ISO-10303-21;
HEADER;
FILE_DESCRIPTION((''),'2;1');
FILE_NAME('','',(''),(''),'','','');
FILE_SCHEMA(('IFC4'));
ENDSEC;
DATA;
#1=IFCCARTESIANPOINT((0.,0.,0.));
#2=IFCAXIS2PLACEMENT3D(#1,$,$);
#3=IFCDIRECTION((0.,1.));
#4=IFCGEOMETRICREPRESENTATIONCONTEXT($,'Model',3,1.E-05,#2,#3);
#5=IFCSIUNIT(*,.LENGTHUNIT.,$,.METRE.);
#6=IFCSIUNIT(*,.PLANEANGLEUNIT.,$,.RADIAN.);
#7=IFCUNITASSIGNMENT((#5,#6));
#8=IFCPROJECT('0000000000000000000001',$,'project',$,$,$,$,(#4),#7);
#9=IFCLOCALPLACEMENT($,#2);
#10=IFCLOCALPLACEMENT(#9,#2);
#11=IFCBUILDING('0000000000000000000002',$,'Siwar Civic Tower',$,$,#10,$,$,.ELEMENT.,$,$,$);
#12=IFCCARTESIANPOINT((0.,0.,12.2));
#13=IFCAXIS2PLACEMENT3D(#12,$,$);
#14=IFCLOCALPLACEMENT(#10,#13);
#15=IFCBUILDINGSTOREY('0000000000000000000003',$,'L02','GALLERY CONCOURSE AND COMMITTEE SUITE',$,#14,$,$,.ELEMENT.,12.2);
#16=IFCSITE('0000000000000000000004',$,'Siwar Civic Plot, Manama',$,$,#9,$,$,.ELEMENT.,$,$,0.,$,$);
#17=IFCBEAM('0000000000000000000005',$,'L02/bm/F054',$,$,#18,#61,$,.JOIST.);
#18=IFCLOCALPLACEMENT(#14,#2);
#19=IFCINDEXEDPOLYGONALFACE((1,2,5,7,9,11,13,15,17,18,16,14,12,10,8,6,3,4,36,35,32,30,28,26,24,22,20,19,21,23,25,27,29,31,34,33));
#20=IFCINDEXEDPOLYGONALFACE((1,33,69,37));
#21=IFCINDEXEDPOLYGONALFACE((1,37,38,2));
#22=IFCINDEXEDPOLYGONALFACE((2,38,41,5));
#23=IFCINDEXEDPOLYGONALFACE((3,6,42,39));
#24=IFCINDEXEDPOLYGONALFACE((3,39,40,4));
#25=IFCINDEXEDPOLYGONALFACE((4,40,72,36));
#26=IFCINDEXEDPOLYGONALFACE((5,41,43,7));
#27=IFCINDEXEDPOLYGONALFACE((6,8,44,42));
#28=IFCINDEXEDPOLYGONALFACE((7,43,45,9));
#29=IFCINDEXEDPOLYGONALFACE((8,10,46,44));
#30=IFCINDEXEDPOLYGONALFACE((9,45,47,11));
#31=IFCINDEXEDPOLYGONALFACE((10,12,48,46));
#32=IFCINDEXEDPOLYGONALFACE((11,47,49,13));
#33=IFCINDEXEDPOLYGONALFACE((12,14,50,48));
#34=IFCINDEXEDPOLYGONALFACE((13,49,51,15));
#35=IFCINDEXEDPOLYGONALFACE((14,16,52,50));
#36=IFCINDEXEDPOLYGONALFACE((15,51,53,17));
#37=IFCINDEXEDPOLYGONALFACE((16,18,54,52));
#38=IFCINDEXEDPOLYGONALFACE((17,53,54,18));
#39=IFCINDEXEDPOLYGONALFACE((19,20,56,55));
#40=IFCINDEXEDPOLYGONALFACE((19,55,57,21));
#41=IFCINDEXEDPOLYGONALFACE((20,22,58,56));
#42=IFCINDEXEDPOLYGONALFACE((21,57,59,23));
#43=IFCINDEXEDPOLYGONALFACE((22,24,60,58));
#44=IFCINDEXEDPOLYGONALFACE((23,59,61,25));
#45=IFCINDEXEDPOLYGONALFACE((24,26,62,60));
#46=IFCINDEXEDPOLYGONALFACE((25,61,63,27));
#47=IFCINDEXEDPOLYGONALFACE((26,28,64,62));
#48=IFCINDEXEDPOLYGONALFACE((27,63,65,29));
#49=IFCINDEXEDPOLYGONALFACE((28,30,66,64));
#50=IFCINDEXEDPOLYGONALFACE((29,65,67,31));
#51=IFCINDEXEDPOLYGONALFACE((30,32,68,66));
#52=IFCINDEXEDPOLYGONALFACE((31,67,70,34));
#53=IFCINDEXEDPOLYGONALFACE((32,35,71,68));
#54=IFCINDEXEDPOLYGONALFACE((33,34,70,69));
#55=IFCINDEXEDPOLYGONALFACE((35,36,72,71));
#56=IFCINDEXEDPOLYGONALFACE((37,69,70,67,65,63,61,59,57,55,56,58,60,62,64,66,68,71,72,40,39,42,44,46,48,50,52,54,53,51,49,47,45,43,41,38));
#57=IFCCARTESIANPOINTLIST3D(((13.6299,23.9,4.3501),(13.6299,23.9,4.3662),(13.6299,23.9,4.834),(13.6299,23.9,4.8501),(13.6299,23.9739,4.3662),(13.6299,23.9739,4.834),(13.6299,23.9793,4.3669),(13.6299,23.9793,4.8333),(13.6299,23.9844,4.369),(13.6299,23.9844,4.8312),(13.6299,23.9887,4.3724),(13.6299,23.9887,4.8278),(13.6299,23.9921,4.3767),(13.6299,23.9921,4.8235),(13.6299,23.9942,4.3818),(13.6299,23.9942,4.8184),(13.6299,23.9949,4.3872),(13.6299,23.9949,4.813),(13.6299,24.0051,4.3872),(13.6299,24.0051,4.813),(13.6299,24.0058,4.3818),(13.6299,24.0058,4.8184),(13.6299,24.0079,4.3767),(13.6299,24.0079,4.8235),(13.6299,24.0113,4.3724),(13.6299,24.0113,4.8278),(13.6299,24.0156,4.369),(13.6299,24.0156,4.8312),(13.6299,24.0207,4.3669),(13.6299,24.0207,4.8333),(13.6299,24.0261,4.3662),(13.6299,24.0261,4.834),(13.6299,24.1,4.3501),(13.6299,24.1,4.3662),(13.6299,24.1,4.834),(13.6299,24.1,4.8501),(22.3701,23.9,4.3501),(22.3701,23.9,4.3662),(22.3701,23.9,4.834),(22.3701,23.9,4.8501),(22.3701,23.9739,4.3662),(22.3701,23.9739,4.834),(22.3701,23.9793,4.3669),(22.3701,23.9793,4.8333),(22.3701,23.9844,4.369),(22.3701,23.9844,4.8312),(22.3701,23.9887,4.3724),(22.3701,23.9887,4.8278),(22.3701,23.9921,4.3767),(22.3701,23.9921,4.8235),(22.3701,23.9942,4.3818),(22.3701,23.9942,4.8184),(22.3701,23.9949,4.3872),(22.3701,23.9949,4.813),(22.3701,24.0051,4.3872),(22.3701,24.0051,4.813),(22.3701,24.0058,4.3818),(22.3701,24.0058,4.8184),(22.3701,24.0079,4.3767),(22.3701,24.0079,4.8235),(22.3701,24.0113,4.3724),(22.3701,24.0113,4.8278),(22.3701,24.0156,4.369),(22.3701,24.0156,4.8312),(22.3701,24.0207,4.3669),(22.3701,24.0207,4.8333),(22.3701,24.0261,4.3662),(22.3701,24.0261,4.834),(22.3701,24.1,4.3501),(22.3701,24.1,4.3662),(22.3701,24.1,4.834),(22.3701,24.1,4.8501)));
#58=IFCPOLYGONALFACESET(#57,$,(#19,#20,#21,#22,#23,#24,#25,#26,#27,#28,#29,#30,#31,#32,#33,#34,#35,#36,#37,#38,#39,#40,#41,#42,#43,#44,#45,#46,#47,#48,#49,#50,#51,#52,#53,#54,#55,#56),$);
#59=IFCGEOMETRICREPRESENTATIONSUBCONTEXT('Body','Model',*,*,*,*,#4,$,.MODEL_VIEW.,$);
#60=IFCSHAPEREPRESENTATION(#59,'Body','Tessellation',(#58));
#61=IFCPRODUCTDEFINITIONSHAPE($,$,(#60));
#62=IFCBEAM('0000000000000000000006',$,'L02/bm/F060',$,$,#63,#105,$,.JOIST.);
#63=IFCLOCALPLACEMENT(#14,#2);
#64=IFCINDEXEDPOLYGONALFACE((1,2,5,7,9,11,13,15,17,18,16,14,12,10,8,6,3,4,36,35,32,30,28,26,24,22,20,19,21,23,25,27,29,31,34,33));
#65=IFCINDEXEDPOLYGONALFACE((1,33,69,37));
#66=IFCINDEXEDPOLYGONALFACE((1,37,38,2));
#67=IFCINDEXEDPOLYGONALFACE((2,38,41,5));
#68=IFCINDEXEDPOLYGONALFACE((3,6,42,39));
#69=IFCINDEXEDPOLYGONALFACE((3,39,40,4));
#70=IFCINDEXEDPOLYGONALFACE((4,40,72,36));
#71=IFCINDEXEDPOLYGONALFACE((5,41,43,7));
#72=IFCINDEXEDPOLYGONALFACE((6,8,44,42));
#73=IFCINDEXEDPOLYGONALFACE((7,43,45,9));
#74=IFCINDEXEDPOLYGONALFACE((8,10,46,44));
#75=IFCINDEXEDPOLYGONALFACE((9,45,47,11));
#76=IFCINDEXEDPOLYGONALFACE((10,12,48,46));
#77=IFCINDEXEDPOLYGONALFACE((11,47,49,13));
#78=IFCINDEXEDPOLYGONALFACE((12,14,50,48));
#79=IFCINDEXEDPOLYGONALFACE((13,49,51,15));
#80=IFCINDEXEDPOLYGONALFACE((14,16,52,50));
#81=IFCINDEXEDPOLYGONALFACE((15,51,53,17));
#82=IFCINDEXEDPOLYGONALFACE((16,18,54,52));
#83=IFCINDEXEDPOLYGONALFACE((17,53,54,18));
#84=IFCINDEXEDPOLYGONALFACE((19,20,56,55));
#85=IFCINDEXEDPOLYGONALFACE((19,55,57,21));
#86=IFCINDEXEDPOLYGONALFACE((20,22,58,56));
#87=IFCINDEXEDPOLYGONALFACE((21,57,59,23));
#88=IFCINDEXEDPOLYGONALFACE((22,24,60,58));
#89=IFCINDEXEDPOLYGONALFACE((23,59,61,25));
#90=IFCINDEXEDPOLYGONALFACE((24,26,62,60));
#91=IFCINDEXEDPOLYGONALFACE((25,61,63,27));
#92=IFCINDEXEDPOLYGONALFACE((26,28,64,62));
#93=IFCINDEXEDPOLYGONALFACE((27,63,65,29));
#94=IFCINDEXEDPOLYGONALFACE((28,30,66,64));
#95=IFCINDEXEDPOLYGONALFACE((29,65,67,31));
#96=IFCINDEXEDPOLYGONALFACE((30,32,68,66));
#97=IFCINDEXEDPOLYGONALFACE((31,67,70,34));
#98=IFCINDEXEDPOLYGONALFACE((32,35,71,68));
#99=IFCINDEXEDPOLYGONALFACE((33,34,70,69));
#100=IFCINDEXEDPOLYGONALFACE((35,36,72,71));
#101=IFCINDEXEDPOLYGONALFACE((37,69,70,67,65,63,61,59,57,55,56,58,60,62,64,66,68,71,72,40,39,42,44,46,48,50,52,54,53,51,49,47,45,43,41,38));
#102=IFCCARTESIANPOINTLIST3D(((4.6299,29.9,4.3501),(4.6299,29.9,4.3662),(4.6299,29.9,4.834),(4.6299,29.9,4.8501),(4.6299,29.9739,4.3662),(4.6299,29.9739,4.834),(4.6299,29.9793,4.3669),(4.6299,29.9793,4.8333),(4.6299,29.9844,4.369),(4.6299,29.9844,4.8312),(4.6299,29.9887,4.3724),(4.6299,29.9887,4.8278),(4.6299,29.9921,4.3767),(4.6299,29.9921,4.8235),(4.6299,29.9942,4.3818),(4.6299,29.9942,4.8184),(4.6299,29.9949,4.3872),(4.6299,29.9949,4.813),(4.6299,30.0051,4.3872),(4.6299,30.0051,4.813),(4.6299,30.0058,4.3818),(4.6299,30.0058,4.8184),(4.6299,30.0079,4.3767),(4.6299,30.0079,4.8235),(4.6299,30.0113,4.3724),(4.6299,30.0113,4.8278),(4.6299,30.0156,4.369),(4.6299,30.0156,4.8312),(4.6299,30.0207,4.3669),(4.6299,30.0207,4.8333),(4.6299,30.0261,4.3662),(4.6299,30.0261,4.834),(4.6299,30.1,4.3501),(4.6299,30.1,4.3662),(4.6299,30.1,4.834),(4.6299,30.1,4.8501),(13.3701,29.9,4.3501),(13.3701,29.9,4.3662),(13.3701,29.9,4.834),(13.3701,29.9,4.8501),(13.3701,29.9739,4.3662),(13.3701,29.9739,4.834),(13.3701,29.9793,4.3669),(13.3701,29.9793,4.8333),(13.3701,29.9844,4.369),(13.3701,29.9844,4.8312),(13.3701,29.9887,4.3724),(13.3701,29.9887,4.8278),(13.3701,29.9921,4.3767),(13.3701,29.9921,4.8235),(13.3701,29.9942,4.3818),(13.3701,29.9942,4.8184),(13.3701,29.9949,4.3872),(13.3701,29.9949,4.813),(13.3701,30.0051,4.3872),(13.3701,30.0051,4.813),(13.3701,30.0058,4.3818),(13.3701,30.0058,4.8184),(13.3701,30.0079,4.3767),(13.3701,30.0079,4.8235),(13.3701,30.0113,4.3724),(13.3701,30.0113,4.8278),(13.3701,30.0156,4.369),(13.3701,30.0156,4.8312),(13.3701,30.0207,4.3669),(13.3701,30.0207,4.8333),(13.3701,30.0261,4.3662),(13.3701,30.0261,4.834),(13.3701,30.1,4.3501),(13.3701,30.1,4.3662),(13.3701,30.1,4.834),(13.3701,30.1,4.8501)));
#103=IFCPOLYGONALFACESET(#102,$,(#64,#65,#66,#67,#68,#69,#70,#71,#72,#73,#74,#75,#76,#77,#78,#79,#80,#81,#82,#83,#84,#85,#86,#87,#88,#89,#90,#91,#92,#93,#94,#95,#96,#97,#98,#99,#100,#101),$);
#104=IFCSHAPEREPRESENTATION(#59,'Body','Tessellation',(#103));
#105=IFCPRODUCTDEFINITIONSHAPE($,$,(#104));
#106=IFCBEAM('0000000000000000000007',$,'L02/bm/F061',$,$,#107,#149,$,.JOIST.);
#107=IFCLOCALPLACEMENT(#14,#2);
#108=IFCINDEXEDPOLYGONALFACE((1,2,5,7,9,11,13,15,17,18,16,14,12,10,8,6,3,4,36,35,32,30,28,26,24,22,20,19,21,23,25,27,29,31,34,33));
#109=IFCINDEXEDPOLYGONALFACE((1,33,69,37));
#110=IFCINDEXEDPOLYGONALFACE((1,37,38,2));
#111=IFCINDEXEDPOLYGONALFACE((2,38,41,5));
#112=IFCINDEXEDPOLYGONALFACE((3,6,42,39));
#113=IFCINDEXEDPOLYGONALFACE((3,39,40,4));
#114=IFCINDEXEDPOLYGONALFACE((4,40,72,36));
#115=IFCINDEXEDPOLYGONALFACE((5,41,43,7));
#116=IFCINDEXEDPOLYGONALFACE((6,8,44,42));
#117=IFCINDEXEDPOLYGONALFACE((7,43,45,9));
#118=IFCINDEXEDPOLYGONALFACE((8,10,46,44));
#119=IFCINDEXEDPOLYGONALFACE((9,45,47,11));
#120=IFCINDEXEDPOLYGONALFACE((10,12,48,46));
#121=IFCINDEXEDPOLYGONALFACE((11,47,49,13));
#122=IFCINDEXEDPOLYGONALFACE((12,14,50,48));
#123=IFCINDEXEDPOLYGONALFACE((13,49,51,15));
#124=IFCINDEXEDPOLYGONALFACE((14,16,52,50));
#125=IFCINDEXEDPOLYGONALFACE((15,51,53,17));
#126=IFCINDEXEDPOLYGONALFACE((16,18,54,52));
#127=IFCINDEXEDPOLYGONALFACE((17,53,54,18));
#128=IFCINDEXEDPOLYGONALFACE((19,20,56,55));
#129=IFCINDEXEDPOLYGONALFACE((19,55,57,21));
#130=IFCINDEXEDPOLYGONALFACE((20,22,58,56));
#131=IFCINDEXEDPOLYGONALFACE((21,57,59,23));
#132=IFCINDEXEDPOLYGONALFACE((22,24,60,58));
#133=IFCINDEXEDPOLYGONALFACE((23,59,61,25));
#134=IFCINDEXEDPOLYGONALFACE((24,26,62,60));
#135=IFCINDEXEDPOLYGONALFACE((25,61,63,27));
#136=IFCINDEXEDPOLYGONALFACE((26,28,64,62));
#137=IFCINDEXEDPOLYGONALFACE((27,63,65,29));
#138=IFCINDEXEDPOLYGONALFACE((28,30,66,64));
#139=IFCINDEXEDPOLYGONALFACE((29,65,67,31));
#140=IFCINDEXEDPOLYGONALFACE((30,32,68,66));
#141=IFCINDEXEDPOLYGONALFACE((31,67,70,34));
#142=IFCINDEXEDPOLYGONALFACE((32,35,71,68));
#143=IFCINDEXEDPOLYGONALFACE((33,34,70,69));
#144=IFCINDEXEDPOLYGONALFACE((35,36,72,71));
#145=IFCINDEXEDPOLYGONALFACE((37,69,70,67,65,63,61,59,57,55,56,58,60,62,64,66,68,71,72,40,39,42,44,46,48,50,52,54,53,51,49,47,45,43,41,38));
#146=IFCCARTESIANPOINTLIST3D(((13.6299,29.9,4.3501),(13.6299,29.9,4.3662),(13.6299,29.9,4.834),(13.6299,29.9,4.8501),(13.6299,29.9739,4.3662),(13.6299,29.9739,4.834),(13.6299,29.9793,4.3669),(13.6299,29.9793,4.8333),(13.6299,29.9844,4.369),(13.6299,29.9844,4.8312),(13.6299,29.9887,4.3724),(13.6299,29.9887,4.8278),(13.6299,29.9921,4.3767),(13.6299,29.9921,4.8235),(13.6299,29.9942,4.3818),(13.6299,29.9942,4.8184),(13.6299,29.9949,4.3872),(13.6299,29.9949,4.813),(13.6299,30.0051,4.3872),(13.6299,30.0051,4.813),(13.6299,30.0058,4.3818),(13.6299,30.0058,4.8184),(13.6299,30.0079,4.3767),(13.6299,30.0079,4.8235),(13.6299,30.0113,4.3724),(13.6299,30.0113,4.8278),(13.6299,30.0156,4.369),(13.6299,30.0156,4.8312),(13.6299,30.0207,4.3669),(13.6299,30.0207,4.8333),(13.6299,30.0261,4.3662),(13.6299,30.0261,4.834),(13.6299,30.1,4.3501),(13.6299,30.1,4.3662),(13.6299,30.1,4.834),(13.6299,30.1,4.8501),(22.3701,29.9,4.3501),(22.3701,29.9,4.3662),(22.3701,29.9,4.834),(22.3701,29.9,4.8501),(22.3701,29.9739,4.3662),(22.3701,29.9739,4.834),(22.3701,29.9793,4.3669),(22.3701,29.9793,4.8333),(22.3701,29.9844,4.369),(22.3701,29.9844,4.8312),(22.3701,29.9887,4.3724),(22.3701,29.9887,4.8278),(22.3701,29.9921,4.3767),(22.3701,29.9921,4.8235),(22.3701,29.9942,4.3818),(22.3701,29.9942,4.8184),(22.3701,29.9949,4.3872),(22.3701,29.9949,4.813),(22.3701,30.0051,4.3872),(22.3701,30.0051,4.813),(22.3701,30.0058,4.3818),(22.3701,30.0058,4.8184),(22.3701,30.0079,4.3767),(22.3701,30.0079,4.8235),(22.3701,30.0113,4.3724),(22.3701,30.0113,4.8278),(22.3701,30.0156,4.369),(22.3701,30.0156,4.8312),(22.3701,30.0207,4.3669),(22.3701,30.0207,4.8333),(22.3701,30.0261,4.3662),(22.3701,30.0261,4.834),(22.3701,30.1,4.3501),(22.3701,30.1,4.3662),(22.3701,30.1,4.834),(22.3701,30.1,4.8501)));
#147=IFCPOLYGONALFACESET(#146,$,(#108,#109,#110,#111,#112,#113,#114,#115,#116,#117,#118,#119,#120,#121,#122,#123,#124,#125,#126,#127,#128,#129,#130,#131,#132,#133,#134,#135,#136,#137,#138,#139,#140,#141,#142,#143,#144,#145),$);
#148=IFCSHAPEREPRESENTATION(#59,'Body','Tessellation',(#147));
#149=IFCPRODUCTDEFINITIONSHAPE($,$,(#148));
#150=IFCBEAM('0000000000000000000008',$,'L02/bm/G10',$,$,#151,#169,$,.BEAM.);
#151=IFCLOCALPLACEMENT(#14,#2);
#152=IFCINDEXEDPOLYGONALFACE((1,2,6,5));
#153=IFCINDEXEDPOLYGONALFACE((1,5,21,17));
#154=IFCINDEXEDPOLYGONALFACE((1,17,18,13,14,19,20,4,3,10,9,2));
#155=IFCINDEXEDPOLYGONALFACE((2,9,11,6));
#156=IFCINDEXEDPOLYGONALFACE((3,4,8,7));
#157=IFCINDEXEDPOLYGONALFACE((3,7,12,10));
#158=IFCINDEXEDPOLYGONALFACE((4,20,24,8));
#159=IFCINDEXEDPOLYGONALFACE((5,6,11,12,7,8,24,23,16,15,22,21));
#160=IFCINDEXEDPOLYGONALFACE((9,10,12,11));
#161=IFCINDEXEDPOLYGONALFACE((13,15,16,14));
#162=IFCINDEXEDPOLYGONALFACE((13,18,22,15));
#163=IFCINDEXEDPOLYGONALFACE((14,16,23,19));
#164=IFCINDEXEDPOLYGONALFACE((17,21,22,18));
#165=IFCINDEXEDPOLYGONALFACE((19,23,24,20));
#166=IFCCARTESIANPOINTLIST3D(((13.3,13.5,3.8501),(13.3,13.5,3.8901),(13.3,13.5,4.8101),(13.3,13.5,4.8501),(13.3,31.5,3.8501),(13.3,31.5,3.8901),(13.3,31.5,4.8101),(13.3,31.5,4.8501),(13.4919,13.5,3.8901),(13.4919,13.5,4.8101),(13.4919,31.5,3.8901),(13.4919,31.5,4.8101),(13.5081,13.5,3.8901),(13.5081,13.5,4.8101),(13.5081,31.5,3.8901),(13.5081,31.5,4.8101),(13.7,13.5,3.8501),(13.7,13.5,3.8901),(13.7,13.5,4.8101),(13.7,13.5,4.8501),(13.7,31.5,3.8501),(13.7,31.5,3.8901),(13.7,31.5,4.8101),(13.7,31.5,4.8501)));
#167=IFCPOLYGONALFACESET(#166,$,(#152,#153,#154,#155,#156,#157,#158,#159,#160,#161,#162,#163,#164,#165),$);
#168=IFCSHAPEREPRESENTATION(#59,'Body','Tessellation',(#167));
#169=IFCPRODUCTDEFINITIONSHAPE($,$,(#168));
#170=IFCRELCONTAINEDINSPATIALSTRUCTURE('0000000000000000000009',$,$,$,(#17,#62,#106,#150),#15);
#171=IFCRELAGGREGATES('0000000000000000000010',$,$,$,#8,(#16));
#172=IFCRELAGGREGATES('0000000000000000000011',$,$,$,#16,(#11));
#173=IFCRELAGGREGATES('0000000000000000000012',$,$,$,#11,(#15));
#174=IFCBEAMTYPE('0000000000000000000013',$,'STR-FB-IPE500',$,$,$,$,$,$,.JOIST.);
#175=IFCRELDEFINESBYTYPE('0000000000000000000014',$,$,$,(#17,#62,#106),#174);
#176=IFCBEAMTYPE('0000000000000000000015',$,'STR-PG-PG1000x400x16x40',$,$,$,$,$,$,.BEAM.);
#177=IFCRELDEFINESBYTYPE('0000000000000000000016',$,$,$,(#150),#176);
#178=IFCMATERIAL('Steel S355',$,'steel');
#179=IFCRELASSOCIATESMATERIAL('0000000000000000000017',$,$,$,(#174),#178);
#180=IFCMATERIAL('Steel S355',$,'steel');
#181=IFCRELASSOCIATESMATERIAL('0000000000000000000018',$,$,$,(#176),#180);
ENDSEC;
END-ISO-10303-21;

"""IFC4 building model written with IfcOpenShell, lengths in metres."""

from ifc_helpers import new_model, si_unit, direction, frame, origin, origin_2d, place, context, subcontext, project, spatial, i_section, extrude, material, material_profile, profile_set, type_object, element, save


model = new_model("IFC4")

# Units and contexts
model_context = context("Model", 3, precision=1e-05, world=origin(), true_north=direction((0.0, 1.0)))
body_context = subcontext(model_context, "Body", "Model", "MODEL_VIEW")
ifc_project = project(units=[si_unit("LENGTHUNIT", "METRE"), si_unit("PLANEANGLEUNIT", "RADIAN")], contexts=[model_context])

# Site, building, storey
site_placement = place(None, origin())
site = spatial("IfcSite", under=ifc_project, at=site_placement, Name="Siwar Civic Plot, Manama", CompositionType="ELEMENT", RefElevation=0.0)
building_placement = place(site_placement, origin())
building = spatial("IfcBuilding", under=site, at=building_placement, Name="Siwar Civic Tower", CompositionType="ELEMENT")
storey_placement = place(building_placement, frame((0.0, 0.0, 12.2)))
storey = spatial("IfcBuildingStorey", under=building, at=storey_placement, Name="L02", Description="GALLERY CONCOURSE AND COMMITTEE SUITE", CompositionType="ELEMENT", Elevation=12.2)

# Beams
ifc_material_1 = material(Name="Steel S355", Category="steel")
ifc_material_profile_1 = material_profile(ifc_material_1, i_section(OverallWidth=0.2, OverallDepth=0.5, WebThickness=0.0103, FlangeThickness=0.0161, FilletRadius=0.021, at=origin_2d()), Name="IPE500")
ifc_profile_set_1 = profile_set([ifc_material_profile_1], Name="Steel S355")
beam_type_1 = type_object("IfcBeamType", Name="STR-FB-IPE500", PredefinedType="JOIST", material=ifc_profile_set_1)
for number, where, z_axis, x_axis, name in (
    (1, (13.6299, 24.0, 4.6001), (1.0, 0.0, 0.0), (0.0, 1.0, 0.0), "L02/bm/F054"),
    (2, (4.6299, 30.0, 4.6001), (1.0, 0.0, 0.0), (0.0, 1.0, 0.0), "L02/bm/F060"),
    (3, (13.6299, 30.0, 4.6001), (1.0, 0.0, 0.0), (0.0, 1.0, 0.0), "L02/bm/F061"),
):
    element("IfcBeam", number, at=place(storey_placement, frame(where, z_axis=z_axis, x_axis=x_axis)), inside=storey, type_object=beam_type_1, Name=name, PredefinedType="JOIST", context=body_context, shape_type="SweptSolid", body=[
        extrude(i_section(OverallWidth=0.2, OverallDepth=0.5, WebThickness=0.0103, FlangeThickness=0.0161, FilletRadius=0.021, at=origin_2d()), origin(), (0.0, 0.0, 1.0), 8.7402),
    ])
ifc_material_2 = material(Name="Steel S355", Category="steel")
ifc_material_profile_2 = material_profile(ifc_material_2, i_section(OverallWidth=0.3999, OverallDepth=1.0, WebThickness=0.0161, FlangeThickness=0.04, at=origin_2d()), Name="PG1000x400x16x40")
ifc_profile_set_2 = profile_set([ifc_material_profile_2], Name="Steel S355")
beam_type_2 = type_object("IfcBeamType", Name="STR-PG-PG1000x400x16x40", PredefinedType="BEAM", material=ifc_profile_set_2)
beam_1_placement = place(storey_placement, frame((13.5, 13.5, 4.3501), z_axis=(0.0, 1.0, 0.0), x_axis=(-1.0, 0.0, 0.0)))
element("IfcBeam", 4, at=beam_1_placement, inside=storey, type_object=beam_type_2, Name="L02/bm/G10", PredefinedType="BEAM", context=body_context, shape_type="SweptSolid", body=[
    extrude(i_section(OverallWidth=0.3999, OverallDepth=1.0, WebThickness=0.0161, FlangeThickness=0.04, at=origin_2d()), origin(), (0.0, 0.0, 1.0), 18.0),
])

save(model, "model.ifc")
